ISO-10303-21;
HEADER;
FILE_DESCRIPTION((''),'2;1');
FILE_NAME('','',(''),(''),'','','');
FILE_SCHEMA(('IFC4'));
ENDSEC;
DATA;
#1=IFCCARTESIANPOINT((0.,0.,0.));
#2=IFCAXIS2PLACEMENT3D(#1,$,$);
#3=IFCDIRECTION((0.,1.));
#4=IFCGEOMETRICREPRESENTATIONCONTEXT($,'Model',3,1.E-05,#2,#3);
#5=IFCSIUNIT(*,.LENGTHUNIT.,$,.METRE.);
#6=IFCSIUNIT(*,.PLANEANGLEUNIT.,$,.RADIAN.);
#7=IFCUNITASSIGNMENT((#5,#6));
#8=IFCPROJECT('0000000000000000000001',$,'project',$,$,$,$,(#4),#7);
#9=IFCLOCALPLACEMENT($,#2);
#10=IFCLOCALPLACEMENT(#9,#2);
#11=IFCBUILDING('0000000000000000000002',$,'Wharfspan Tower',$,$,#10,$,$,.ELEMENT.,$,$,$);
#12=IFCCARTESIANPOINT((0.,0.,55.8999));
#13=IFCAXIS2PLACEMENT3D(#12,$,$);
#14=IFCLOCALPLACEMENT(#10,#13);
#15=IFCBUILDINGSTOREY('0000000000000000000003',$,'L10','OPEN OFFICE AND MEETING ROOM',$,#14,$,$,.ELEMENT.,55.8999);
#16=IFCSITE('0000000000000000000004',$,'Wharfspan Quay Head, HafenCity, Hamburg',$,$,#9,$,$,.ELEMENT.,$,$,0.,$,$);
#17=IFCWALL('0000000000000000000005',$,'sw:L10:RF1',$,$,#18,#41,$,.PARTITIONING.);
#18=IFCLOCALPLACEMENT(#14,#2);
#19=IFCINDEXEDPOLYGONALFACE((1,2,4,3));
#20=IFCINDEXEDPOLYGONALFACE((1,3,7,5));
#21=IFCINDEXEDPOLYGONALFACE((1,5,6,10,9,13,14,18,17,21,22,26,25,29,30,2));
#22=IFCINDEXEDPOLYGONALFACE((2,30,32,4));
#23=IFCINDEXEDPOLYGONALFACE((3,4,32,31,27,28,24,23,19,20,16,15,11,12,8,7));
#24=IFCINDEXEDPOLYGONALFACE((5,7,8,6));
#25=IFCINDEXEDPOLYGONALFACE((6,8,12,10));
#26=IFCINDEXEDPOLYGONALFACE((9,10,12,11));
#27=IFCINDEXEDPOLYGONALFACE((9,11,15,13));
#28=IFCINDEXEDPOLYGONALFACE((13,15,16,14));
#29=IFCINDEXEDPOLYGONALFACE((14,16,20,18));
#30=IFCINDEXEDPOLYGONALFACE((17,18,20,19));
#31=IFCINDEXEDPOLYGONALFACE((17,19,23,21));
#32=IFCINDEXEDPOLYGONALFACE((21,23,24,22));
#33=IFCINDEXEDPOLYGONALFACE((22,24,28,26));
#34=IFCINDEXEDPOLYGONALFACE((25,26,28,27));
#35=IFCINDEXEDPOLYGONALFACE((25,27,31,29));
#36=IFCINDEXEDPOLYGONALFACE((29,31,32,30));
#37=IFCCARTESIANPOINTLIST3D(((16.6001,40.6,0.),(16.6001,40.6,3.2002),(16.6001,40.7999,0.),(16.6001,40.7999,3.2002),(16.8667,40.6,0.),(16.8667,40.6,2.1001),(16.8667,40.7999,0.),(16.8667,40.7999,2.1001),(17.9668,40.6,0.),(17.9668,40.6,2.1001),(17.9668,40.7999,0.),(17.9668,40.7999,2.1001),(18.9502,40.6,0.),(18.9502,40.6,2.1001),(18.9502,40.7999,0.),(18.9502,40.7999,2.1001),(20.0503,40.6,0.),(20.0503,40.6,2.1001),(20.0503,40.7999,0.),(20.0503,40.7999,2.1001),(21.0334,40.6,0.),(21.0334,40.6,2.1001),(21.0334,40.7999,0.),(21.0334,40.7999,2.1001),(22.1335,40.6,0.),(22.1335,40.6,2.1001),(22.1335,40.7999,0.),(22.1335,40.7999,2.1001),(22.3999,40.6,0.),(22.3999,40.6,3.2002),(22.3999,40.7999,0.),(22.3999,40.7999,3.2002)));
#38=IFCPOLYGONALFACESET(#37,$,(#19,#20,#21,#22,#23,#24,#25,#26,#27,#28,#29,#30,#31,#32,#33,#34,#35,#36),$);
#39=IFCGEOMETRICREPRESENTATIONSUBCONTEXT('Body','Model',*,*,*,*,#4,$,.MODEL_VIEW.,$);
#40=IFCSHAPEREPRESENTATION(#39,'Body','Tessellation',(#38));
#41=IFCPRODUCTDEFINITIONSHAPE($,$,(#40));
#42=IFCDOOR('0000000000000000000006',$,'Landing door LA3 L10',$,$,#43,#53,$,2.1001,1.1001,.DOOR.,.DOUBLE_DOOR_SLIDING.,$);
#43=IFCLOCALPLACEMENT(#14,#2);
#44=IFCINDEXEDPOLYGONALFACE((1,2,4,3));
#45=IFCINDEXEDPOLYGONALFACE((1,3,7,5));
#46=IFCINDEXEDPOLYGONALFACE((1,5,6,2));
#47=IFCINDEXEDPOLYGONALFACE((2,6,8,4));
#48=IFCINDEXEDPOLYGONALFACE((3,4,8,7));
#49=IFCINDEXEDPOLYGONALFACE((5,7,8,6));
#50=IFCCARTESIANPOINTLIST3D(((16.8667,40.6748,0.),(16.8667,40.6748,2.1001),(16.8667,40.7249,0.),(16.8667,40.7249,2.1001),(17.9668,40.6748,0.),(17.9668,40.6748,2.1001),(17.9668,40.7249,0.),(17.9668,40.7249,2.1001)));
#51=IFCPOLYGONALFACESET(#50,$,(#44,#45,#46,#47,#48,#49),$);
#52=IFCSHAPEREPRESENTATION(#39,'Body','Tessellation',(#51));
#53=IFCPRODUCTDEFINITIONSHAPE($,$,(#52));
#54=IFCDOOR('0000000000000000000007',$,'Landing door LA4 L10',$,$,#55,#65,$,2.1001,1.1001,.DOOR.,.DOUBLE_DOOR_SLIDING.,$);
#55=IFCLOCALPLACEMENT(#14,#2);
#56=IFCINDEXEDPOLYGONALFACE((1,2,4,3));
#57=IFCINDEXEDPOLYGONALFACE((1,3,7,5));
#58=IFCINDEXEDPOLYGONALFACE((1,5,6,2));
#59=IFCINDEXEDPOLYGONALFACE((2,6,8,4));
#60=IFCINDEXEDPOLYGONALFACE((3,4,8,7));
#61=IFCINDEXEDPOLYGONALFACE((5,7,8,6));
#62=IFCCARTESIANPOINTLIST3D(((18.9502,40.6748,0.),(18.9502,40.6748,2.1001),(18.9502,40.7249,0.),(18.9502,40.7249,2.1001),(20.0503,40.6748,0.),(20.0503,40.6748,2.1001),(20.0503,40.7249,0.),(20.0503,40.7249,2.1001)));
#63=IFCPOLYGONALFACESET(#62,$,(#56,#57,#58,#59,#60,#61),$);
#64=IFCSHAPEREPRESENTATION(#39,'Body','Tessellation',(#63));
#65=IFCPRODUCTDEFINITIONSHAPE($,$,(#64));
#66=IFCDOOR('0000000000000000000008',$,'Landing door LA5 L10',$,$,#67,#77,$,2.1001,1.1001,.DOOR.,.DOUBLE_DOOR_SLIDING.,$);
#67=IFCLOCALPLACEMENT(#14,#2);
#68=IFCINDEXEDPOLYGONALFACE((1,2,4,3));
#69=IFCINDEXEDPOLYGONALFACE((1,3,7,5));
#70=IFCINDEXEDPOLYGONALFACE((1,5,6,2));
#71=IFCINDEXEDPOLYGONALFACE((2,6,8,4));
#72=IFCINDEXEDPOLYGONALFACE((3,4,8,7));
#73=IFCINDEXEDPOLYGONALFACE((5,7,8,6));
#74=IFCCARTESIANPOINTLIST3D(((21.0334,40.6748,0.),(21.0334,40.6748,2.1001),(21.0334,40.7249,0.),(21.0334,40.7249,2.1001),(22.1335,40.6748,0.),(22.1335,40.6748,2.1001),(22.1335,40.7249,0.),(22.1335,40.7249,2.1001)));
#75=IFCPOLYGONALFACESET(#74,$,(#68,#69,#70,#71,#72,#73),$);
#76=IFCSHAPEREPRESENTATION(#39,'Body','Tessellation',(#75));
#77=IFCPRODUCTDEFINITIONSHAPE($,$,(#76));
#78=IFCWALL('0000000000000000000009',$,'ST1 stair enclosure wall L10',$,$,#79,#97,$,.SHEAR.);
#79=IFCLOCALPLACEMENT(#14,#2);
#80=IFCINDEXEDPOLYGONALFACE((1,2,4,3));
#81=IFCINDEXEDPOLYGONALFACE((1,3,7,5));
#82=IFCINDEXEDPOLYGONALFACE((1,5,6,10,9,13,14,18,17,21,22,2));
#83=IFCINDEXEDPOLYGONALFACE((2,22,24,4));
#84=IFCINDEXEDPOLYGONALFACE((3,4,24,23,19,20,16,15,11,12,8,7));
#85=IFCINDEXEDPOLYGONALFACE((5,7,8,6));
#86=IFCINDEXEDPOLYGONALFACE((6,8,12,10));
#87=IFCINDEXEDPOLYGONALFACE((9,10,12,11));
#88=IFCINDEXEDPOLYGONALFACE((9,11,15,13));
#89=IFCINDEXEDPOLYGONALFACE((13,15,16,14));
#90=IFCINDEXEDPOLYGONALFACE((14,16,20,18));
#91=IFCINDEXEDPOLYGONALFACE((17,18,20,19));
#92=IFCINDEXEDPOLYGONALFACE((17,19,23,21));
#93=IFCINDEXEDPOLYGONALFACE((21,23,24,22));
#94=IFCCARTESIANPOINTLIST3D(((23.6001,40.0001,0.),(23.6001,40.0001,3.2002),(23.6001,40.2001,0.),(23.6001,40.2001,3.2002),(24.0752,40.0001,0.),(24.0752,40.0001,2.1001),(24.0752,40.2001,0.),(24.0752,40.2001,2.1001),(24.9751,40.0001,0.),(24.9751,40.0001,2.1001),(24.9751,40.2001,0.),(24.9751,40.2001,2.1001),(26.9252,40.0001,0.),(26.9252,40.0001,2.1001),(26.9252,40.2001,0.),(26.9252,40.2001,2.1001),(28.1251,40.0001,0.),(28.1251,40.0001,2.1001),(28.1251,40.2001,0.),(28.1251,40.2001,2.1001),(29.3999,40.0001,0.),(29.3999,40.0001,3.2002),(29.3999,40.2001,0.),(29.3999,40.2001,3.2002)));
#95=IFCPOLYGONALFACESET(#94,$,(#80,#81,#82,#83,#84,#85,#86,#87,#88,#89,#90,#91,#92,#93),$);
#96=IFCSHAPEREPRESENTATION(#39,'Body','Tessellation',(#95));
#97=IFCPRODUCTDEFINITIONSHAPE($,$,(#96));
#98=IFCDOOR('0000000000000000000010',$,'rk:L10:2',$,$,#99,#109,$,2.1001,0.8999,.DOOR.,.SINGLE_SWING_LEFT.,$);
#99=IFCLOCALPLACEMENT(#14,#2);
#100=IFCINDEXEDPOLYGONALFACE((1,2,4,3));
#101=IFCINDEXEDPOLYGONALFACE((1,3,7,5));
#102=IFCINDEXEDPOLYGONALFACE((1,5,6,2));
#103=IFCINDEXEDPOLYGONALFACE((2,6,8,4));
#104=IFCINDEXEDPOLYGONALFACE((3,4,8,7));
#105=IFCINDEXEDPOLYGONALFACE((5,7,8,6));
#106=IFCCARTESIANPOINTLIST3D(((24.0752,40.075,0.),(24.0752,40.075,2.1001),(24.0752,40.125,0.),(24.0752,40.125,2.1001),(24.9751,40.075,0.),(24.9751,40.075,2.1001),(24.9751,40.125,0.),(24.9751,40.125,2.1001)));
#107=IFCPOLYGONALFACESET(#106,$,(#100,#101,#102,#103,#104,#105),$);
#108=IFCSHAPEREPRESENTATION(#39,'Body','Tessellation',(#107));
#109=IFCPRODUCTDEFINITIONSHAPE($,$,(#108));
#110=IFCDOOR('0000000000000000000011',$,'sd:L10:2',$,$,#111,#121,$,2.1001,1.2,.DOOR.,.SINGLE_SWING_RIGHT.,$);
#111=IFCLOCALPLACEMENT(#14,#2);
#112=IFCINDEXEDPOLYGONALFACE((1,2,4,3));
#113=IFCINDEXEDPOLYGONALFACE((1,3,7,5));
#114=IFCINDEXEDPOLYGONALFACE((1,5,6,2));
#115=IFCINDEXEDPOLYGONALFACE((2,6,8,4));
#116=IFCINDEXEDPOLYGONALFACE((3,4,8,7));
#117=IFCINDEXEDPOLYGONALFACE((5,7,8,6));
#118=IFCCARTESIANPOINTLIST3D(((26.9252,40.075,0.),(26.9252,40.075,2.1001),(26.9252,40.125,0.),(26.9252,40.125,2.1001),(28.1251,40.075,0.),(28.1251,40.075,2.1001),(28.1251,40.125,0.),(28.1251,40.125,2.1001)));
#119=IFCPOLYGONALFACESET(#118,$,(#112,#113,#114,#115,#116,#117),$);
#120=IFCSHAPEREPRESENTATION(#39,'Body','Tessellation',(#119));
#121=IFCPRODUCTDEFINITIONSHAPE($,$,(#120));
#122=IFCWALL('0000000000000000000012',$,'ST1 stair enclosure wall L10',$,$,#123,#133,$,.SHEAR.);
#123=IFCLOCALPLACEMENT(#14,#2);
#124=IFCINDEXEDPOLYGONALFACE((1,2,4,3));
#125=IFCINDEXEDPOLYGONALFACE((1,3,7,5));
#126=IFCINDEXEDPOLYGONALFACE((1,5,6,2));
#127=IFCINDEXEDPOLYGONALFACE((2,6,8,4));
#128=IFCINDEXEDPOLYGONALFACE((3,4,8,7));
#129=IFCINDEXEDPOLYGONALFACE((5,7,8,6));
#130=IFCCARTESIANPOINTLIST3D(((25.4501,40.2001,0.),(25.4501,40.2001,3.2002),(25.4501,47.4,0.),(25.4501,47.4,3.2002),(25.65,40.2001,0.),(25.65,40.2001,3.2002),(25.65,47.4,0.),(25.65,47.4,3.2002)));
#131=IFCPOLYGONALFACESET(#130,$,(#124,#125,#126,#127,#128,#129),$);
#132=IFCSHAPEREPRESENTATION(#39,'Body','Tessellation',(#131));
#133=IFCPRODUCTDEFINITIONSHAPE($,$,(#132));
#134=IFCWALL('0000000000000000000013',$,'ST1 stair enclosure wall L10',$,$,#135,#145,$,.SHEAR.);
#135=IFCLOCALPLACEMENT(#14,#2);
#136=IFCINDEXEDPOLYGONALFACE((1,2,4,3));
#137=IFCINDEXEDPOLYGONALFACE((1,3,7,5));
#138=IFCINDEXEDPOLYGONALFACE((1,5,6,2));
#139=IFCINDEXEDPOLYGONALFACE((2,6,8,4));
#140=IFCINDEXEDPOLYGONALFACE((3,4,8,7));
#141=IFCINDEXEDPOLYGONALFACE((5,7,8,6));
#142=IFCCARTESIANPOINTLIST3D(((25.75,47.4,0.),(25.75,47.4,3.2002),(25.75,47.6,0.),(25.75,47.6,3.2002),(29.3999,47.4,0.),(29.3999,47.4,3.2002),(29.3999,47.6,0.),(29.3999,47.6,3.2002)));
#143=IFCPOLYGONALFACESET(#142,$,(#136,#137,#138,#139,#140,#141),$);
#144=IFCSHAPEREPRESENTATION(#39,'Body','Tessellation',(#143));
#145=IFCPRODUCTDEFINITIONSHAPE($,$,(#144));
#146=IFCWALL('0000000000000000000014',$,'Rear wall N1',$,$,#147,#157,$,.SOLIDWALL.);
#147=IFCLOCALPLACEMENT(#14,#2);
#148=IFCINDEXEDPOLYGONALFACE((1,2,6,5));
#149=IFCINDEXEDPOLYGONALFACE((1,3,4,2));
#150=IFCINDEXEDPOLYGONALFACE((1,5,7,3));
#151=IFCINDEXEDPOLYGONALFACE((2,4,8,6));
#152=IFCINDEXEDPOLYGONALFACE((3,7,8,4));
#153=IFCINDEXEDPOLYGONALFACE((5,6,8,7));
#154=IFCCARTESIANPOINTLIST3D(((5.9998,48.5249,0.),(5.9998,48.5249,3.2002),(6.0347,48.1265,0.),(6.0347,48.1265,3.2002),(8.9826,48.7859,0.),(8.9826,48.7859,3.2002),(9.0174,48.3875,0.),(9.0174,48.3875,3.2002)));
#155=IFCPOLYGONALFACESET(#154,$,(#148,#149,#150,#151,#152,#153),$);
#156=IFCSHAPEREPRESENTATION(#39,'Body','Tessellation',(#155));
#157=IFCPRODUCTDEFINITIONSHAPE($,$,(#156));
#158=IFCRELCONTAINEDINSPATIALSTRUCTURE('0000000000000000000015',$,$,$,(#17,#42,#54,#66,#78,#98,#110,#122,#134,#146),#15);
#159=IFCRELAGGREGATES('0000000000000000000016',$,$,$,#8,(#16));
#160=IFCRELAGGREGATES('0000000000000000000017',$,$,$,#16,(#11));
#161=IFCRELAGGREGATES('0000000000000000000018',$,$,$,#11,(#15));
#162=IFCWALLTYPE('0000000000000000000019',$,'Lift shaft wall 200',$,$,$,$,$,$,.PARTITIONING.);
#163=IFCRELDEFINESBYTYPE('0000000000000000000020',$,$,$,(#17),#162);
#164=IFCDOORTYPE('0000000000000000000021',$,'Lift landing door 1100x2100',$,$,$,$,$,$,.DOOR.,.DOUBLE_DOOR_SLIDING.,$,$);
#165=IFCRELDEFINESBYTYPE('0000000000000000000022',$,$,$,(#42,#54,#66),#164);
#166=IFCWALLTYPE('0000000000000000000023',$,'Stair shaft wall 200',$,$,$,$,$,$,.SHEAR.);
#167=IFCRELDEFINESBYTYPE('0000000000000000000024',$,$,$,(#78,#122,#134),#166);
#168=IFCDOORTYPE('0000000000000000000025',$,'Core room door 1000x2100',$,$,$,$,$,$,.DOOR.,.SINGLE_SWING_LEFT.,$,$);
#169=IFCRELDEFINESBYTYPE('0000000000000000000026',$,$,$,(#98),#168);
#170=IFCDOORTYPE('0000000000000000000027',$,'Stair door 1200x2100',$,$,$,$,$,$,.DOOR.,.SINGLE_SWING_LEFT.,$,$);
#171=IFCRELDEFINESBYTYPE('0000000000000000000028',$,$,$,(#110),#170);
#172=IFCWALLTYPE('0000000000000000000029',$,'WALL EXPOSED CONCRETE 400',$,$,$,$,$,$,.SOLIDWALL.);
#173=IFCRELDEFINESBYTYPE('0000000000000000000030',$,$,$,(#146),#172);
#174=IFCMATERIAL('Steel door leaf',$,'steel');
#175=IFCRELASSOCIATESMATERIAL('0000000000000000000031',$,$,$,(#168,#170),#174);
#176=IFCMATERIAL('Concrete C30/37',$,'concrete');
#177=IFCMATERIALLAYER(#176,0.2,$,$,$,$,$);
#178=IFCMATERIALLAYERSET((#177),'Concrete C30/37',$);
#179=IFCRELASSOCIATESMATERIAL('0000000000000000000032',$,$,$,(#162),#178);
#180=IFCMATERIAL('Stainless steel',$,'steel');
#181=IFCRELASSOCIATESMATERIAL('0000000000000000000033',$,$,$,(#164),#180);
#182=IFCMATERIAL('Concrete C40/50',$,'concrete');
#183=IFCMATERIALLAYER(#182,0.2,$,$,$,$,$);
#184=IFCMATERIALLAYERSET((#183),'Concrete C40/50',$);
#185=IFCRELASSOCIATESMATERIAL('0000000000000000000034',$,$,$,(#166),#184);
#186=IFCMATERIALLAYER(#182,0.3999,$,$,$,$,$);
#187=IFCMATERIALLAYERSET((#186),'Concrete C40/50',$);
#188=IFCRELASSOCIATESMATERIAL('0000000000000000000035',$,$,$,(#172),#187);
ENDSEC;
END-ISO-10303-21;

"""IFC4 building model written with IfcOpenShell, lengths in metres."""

from ifc_helpers import new_model, si_unit, direction, frame, frame_2d, origin, place, context, subcontext, project, spatial, rectangle, extrude, material, layer, layer_set, type_object, element, fill, save


model = new_model("IFC4")

# Units and contexts
model_context = context("Model", 3, precision=1e-05, world=origin(), true_north=direction((0.0, 1.0)))
body_context = subcontext(model_context, "Body", "Model", "MODEL_VIEW")
ifc_project = project(units=[si_unit("LENGTHUNIT", "METRE"), si_unit("PLANEANGLEUNIT", "RADIAN")], contexts=[model_context])

# Site, building, storey
site_placement = place(None, origin())
site = spatial("IfcSite", under=ifc_project, at=site_placement, Name="Wharfspan Quay Head, HafenCity, Hamburg", CompositionType="ELEMENT", RefElevation=0.0)
building_placement = place(site_placement, origin())
building = spatial("IfcBuilding", under=site, at=building_placement, Name="Wharfspan Tower", CompositionType="ELEMENT")
storey_placement = place(building_placement, frame((0.0, 0.0, 55.8999)))
storey = spatial("IfcBuildingStorey", under=building, at=storey_placement, Name="L10", Description="OPEN OFFICE AND MEETING ROOM", CompositionType="ELEMENT", Elevation=55.8999)

# Shared definitions
ifc_material_1 = material(Name="Steel door leaf", Category="steel")
door_type_1 = type_object("IfcDoorType", Name="Core room door 1000x2100", OperationType="SINGLE_SWING_LEFT", PredefinedType="DOOR", material=ifc_material_1)

# Walls, openings, doors
ifc_material_2 = material(Name="Concrete C30/37", Category="concrete")
ifc_layer_1 = layer(ifc_material_2, 0.2)
ifc_layer_set_1 = layer_set([ifc_layer_1], Name="Concrete C30/37")
wall_type_1 = type_object("IfcWallType", Name="Lift shaft wall 200", PredefinedType="PARTITIONING", material=ifc_layer_set_1)
wall_1_placement = place(storey_placement, frame((16.6001, 40.7, 0.0), z_axis=(0.0, 0.0, 1.0), x_axis=(1.0, 0.0, 0.0)))
wall_1 = element("IfcWall", 1, at=wall_1_placement, inside=storey, type_object=wall_type_1, Name="sw:L10:RF1", PredefinedType="PARTITIONING", context=body_context, shape_type="SweptSolid", body=[
    extrude(rectangle(XDim=5.7998, YDim=0.2, at=frame_2d((2.8999, 0.0))), origin(), (0.0, 0.0, 1.0), 3.2002),
])
opening_1_placement = place(wall_1_placement, frame((0.2666, 0.0, 0.0)))
opening_1 = element("IfcOpeningElement", 2, at=opening_1_placement, cuts=wall_1, PredefinedType="OPENING", context=body_context, shape_type="SweptSolid", body=[
    extrude(rectangle(XDim=1.1001, YDim=2.1001, at=frame_2d((0.55, 1.05))), frame((0.0, 0.1099, 0.0), z_axis=(0.0, -1.0, 0.0), x_axis=(1.0, 0.0, 0.0)), (0.0, 0.0, 1.0), 0.22),
])
opening_2_placement = place(wall_1_placement, frame((2.3501, 0.0, 0.0)))
opening_2 = element("IfcOpeningElement", 3, at=opening_2_placement, cuts=wall_1, PredefinedType="OPENING", context=body_context, shape_type="SweptSolid", body=[
    extrude(rectangle(XDim=1.1001, YDim=2.1001, at=frame_2d((0.55, 1.05))), frame((0.0, 0.1099, 0.0), z_axis=(0.0, -1.0, 0.0), x_axis=(1.0, 0.0, 0.0)), (0.0, 0.0, 1.0), 0.22),
])
opening_3_placement = place(wall_1_placement, frame((4.4333, 0.0, 0.0)))
opening_3 = element("IfcOpeningElement", 4, at=opening_3_placement, cuts=wall_1, PredefinedType="OPENING", context=body_context, shape_type="SweptSolid", body=[
    extrude(rectangle(XDim=1.1001, YDim=2.1001, at=frame_2d((0.55, 1.05))), frame((0.0, 0.1099, 0.0), z_axis=(0.0, -1.0, 0.0), x_axis=(1.0, 0.0, 0.0)), (0.0, 0.0, 1.0), 0.22),
])
ifc_material_3 = material(Name="Stainless steel", Category="steel")
door_type_2 = type_object("IfcDoorType", Name="Lift landing door 1100x2100", OperationType="DOUBLE_DOOR_SLIDING", PredefinedType="DOOR", material=ifc_material_3)
door_1_placement = place(opening_1_placement, origin())
door_1 = element("IfcDoor", 5, at=door_1_placement, inside=storey, type_object=door_type_2, Name="Landing door LA3 L10", OperationType="DOUBLE_DOOR_SLIDING", OverallHeight=2.1001, OverallWidth=1.1001, PredefinedType="DOOR", context=body_context, shape_type="SweptSolid", body=[
    extrude(rectangle(XDim=1.1001, YDim=2.1001, at=frame_2d((0.55, 1.05))), frame((0.0, 0.0249, 0.0), z_axis=(0.0, -1.0, 0.0), x_axis=(1.0, 0.0, 0.0)), (0.0, 0.0, 1.0), 0.05),
])
fill(opening_1, door_1)
door_2_placement = place(opening_2_placement, origin())
door_2 = element("IfcDoor", 6, at=door_2_placement, inside=storey, type_object=door_type_2, Name="Landing door LA4 L10", OperationType="DOUBLE_DOOR_SLIDING", OverallHeight=2.1001, OverallWidth=1.1001, PredefinedType="DOOR", context=body_context, shape_type="SweptSolid", body=[
    extrude(rectangle(XDim=1.1001, YDim=2.1001, at=frame_2d((0.55, 1.05))), frame((0.0, 0.0249, 0.0), z_axis=(0.0, -1.0, 0.0), x_axis=(1.0, 0.0, 0.0)), (0.0, 0.0, 1.0), 0.05),
])
fill(opening_2, door_2)
door_3_placement = place(opening_3_placement, origin())
door_3 = element("IfcDoor", 7, at=door_3_placement, inside=storey, type_object=door_type_2, Name="Landing door LA5 L10", OperationType="DOUBLE_DOOR_SLIDING", OverallHeight=2.1001, OverallWidth=1.1001, PredefinedType="DOOR", context=body_context, shape_type="SweptSolid", body=[
    extrude(rectangle(XDim=1.1001, YDim=2.1001, at=frame_2d((0.55, 1.05))), frame((0.0, 0.0249, 0.0), z_axis=(0.0, -1.0, 0.0), x_axis=(1.0, 0.0, 0.0)), (0.0, 0.0, 1.0), 0.05),
])
fill(opening_3, door_3)
ifc_material_4 = material(Name="Concrete C40/50", Category="concrete")
ifc_layer_2 = layer(ifc_material_4, 0.2)
ifc_layer_set_2 = layer_set([ifc_layer_2], Name="Concrete C40/50")
wall_type_2 = type_object("IfcWallType", Name="Stair shaft wall 200", PredefinedType="SHEAR", material=ifc_layer_set_2)
wall_2_placement = place(storey_placement, frame((23.6001, 40.1001, 0.0), z_axis=(0.0, 0.0, 1.0), x_axis=(1.0, 0.0, 0.0)))
wall_2 = element("IfcWall", 8, at=wall_2_placement, inside=storey, type_object=wall_type_2, Name="ST1 stair enclosure wall L10", PredefinedType="SHEAR", context=body_context, shape_type="SweptSolid", body=[
    extrude(rectangle(XDim=5.7998, YDim=0.2, at=frame_2d((2.8999, 0.0))), origin(), (0.0, 0.0, 1.0), 3.2002),
])
opening_4_placement = place(wall_2_placement, frame((3.325, 0.0, 0.0)))
opening_4 = element("IfcOpeningElement", 9, at=opening_4_placement, cuts=wall_2, PredefinedType="OPENING", context=body_context, shape_type="SweptSolid", body=[
    extrude(rectangle(XDim=1.2, YDim=2.1001, at=frame_2d((0.6001, 1.05))), frame((0.0, 0.1099, 0.0), z_axis=(0.0, -1.0, 0.0), x_axis=(1.0, 0.0, 0.0)), (0.0, 0.0, 1.0), 0.22),
])
opening_5_placement = place(wall_2_placement, frame((0.4751, 0.0, 0.0)))
opening_5 = element("IfcOpeningElement", 10, at=opening_5_placement, cuts=wall_2, PredefinedType="OPENING", context=body_context, shape_type="SweptSolid", body=[
    extrude(rectangle(XDim=0.8999, YDim=2.1001, at=frame_2d((0.45, 1.05))), frame((0.0, 0.1099, 0.0), z_axis=(0.0, -1.0, 0.0), x_axis=(1.0, 0.0, 0.0)), (0.0, 0.0, 1.0), 0.22),
])
door_4_placement = place(opening_5_placement, origin())
door_4 = element("IfcDoor", 11, at=door_4_placement, inside=storey, type_object=door_type_1, Name="rk:L10:2", OperationType="SINGLE_SWING_LEFT", OverallHeight=2.1001, OverallWidth=0.8999, PredefinedType="DOOR", context=body_context, shape_type="SweptSolid", body=[
    extrude(rectangle(XDim=0.8999, YDim=2.1001, at=frame_2d((0.45, 1.05))), frame((0.0, 0.0249, 0.0), z_axis=(0.0, -1.0, 0.0), x_axis=(1.0, 0.0, 0.0)), (0.0, 0.0, 1.0), 0.05),
])
fill(opening_5, door_4)
door_type_3 = type_object("IfcDoorType", Name="Stair door 1200x2100", OperationType="SINGLE_SWING_LEFT", PredefinedType="DOOR", material=ifc_material_1)
door_5_placement = place(opening_4_placement, origin())
door_5 = element("IfcDoor", 12, at=door_5_placement, inside=storey, type_object=door_type_3, Name="sd:L10:2", OperationType="SINGLE_SWING_RIGHT", OverallHeight=2.1001, OverallWidth=1.2, PredefinedType="DOOR", context=body_context, shape_type="SweptSolid", body=[
    extrude(rectangle(XDim=1.2, YDim=2.1001, at=frame_2d((0.6001, 1.05))), frame((0.0, 0.0249, 0.0), z_axis=(0.0, -1.0, 0.0), x_axis=(1.0, 0.0, 0.0)), (0.0, 0.0, 1.0), 0.05),
])
fill(opening_4, door_5)

# Walls
wall_3_placement = place(storey_placement, frame((25.55, 40.2, 0.0), z_axis=(0.0, 0.0, 1.0), x_axis=(0.0, 1.0, 0.0)))
element("IfcWall", 13, at=wall_3_placement, inside=storey, type_object=wall_type_2, Name="ST1 stair enclosure wall L10", PredefinedType="SHEAR", context=body_context, shape_type="SweptSolid", body=[
    extrude(rectangle(XDim=7.2, YDim=0.2, at=frame_2d((3.6001, 0.0))), origin(), (0.0, 0.0, 1.0), 3.2002),
])
wall_4_placement = place(storey_placement, frame((25.75, 47.5, 0.0), z_axis=(0.0, 0.0, 1.0), x_axis=(1.0, 0.0, 0.0)))
element("IfcWall", 14, at=wall_4_placement, inside=storey, type_object=wall_type_2, Name="ST1 stair enclosure wall L10", PredefinedType="SHEAR", context=body_context, shape_type="SweptSolid", body=[
    extrude(rectangle(XDim=3.6499, YDim=0.2, at=frame_2d((1.825, 0.0))), origin(), (0.0, 0.0, 1.0), 3.2002),
])
ifc_layer_3 = layer(ifc_material_4, 0.3999)
ifc_layer_set_3 = layer_set([ifc_layer_3], Name="Concrete C40/50")
wall_type_3 = type_object("IfcWallType", Name="WALL EXPOSED CONCRETE 400", PredefinedType="SOLIDWALL", material=ifc_layer_set_3)
wall_5_placement = place(storey_placement, frame((9.0, 48.5867, 0.0), z_axis=(0.0, 0.0, 1.0), x_axis=(-0.996194, -0.087168, 0.0)))
element("IfcWall", 15, at=wall_5_placement, inside=storey, type_object=wall_type_3, Name="Rear wall N1", PredefinedType="SOLIDWALL", context=body_context, shape_type="SweptSolid", body=[
    extrude(rectangle(XDim=2.9941, YDim=0.3999, at=frame_2d((1.4971, 0.0))), origin(), (0.0, 0.0, 1.0), 3.2002),
])

save(model, "model.ifc")
